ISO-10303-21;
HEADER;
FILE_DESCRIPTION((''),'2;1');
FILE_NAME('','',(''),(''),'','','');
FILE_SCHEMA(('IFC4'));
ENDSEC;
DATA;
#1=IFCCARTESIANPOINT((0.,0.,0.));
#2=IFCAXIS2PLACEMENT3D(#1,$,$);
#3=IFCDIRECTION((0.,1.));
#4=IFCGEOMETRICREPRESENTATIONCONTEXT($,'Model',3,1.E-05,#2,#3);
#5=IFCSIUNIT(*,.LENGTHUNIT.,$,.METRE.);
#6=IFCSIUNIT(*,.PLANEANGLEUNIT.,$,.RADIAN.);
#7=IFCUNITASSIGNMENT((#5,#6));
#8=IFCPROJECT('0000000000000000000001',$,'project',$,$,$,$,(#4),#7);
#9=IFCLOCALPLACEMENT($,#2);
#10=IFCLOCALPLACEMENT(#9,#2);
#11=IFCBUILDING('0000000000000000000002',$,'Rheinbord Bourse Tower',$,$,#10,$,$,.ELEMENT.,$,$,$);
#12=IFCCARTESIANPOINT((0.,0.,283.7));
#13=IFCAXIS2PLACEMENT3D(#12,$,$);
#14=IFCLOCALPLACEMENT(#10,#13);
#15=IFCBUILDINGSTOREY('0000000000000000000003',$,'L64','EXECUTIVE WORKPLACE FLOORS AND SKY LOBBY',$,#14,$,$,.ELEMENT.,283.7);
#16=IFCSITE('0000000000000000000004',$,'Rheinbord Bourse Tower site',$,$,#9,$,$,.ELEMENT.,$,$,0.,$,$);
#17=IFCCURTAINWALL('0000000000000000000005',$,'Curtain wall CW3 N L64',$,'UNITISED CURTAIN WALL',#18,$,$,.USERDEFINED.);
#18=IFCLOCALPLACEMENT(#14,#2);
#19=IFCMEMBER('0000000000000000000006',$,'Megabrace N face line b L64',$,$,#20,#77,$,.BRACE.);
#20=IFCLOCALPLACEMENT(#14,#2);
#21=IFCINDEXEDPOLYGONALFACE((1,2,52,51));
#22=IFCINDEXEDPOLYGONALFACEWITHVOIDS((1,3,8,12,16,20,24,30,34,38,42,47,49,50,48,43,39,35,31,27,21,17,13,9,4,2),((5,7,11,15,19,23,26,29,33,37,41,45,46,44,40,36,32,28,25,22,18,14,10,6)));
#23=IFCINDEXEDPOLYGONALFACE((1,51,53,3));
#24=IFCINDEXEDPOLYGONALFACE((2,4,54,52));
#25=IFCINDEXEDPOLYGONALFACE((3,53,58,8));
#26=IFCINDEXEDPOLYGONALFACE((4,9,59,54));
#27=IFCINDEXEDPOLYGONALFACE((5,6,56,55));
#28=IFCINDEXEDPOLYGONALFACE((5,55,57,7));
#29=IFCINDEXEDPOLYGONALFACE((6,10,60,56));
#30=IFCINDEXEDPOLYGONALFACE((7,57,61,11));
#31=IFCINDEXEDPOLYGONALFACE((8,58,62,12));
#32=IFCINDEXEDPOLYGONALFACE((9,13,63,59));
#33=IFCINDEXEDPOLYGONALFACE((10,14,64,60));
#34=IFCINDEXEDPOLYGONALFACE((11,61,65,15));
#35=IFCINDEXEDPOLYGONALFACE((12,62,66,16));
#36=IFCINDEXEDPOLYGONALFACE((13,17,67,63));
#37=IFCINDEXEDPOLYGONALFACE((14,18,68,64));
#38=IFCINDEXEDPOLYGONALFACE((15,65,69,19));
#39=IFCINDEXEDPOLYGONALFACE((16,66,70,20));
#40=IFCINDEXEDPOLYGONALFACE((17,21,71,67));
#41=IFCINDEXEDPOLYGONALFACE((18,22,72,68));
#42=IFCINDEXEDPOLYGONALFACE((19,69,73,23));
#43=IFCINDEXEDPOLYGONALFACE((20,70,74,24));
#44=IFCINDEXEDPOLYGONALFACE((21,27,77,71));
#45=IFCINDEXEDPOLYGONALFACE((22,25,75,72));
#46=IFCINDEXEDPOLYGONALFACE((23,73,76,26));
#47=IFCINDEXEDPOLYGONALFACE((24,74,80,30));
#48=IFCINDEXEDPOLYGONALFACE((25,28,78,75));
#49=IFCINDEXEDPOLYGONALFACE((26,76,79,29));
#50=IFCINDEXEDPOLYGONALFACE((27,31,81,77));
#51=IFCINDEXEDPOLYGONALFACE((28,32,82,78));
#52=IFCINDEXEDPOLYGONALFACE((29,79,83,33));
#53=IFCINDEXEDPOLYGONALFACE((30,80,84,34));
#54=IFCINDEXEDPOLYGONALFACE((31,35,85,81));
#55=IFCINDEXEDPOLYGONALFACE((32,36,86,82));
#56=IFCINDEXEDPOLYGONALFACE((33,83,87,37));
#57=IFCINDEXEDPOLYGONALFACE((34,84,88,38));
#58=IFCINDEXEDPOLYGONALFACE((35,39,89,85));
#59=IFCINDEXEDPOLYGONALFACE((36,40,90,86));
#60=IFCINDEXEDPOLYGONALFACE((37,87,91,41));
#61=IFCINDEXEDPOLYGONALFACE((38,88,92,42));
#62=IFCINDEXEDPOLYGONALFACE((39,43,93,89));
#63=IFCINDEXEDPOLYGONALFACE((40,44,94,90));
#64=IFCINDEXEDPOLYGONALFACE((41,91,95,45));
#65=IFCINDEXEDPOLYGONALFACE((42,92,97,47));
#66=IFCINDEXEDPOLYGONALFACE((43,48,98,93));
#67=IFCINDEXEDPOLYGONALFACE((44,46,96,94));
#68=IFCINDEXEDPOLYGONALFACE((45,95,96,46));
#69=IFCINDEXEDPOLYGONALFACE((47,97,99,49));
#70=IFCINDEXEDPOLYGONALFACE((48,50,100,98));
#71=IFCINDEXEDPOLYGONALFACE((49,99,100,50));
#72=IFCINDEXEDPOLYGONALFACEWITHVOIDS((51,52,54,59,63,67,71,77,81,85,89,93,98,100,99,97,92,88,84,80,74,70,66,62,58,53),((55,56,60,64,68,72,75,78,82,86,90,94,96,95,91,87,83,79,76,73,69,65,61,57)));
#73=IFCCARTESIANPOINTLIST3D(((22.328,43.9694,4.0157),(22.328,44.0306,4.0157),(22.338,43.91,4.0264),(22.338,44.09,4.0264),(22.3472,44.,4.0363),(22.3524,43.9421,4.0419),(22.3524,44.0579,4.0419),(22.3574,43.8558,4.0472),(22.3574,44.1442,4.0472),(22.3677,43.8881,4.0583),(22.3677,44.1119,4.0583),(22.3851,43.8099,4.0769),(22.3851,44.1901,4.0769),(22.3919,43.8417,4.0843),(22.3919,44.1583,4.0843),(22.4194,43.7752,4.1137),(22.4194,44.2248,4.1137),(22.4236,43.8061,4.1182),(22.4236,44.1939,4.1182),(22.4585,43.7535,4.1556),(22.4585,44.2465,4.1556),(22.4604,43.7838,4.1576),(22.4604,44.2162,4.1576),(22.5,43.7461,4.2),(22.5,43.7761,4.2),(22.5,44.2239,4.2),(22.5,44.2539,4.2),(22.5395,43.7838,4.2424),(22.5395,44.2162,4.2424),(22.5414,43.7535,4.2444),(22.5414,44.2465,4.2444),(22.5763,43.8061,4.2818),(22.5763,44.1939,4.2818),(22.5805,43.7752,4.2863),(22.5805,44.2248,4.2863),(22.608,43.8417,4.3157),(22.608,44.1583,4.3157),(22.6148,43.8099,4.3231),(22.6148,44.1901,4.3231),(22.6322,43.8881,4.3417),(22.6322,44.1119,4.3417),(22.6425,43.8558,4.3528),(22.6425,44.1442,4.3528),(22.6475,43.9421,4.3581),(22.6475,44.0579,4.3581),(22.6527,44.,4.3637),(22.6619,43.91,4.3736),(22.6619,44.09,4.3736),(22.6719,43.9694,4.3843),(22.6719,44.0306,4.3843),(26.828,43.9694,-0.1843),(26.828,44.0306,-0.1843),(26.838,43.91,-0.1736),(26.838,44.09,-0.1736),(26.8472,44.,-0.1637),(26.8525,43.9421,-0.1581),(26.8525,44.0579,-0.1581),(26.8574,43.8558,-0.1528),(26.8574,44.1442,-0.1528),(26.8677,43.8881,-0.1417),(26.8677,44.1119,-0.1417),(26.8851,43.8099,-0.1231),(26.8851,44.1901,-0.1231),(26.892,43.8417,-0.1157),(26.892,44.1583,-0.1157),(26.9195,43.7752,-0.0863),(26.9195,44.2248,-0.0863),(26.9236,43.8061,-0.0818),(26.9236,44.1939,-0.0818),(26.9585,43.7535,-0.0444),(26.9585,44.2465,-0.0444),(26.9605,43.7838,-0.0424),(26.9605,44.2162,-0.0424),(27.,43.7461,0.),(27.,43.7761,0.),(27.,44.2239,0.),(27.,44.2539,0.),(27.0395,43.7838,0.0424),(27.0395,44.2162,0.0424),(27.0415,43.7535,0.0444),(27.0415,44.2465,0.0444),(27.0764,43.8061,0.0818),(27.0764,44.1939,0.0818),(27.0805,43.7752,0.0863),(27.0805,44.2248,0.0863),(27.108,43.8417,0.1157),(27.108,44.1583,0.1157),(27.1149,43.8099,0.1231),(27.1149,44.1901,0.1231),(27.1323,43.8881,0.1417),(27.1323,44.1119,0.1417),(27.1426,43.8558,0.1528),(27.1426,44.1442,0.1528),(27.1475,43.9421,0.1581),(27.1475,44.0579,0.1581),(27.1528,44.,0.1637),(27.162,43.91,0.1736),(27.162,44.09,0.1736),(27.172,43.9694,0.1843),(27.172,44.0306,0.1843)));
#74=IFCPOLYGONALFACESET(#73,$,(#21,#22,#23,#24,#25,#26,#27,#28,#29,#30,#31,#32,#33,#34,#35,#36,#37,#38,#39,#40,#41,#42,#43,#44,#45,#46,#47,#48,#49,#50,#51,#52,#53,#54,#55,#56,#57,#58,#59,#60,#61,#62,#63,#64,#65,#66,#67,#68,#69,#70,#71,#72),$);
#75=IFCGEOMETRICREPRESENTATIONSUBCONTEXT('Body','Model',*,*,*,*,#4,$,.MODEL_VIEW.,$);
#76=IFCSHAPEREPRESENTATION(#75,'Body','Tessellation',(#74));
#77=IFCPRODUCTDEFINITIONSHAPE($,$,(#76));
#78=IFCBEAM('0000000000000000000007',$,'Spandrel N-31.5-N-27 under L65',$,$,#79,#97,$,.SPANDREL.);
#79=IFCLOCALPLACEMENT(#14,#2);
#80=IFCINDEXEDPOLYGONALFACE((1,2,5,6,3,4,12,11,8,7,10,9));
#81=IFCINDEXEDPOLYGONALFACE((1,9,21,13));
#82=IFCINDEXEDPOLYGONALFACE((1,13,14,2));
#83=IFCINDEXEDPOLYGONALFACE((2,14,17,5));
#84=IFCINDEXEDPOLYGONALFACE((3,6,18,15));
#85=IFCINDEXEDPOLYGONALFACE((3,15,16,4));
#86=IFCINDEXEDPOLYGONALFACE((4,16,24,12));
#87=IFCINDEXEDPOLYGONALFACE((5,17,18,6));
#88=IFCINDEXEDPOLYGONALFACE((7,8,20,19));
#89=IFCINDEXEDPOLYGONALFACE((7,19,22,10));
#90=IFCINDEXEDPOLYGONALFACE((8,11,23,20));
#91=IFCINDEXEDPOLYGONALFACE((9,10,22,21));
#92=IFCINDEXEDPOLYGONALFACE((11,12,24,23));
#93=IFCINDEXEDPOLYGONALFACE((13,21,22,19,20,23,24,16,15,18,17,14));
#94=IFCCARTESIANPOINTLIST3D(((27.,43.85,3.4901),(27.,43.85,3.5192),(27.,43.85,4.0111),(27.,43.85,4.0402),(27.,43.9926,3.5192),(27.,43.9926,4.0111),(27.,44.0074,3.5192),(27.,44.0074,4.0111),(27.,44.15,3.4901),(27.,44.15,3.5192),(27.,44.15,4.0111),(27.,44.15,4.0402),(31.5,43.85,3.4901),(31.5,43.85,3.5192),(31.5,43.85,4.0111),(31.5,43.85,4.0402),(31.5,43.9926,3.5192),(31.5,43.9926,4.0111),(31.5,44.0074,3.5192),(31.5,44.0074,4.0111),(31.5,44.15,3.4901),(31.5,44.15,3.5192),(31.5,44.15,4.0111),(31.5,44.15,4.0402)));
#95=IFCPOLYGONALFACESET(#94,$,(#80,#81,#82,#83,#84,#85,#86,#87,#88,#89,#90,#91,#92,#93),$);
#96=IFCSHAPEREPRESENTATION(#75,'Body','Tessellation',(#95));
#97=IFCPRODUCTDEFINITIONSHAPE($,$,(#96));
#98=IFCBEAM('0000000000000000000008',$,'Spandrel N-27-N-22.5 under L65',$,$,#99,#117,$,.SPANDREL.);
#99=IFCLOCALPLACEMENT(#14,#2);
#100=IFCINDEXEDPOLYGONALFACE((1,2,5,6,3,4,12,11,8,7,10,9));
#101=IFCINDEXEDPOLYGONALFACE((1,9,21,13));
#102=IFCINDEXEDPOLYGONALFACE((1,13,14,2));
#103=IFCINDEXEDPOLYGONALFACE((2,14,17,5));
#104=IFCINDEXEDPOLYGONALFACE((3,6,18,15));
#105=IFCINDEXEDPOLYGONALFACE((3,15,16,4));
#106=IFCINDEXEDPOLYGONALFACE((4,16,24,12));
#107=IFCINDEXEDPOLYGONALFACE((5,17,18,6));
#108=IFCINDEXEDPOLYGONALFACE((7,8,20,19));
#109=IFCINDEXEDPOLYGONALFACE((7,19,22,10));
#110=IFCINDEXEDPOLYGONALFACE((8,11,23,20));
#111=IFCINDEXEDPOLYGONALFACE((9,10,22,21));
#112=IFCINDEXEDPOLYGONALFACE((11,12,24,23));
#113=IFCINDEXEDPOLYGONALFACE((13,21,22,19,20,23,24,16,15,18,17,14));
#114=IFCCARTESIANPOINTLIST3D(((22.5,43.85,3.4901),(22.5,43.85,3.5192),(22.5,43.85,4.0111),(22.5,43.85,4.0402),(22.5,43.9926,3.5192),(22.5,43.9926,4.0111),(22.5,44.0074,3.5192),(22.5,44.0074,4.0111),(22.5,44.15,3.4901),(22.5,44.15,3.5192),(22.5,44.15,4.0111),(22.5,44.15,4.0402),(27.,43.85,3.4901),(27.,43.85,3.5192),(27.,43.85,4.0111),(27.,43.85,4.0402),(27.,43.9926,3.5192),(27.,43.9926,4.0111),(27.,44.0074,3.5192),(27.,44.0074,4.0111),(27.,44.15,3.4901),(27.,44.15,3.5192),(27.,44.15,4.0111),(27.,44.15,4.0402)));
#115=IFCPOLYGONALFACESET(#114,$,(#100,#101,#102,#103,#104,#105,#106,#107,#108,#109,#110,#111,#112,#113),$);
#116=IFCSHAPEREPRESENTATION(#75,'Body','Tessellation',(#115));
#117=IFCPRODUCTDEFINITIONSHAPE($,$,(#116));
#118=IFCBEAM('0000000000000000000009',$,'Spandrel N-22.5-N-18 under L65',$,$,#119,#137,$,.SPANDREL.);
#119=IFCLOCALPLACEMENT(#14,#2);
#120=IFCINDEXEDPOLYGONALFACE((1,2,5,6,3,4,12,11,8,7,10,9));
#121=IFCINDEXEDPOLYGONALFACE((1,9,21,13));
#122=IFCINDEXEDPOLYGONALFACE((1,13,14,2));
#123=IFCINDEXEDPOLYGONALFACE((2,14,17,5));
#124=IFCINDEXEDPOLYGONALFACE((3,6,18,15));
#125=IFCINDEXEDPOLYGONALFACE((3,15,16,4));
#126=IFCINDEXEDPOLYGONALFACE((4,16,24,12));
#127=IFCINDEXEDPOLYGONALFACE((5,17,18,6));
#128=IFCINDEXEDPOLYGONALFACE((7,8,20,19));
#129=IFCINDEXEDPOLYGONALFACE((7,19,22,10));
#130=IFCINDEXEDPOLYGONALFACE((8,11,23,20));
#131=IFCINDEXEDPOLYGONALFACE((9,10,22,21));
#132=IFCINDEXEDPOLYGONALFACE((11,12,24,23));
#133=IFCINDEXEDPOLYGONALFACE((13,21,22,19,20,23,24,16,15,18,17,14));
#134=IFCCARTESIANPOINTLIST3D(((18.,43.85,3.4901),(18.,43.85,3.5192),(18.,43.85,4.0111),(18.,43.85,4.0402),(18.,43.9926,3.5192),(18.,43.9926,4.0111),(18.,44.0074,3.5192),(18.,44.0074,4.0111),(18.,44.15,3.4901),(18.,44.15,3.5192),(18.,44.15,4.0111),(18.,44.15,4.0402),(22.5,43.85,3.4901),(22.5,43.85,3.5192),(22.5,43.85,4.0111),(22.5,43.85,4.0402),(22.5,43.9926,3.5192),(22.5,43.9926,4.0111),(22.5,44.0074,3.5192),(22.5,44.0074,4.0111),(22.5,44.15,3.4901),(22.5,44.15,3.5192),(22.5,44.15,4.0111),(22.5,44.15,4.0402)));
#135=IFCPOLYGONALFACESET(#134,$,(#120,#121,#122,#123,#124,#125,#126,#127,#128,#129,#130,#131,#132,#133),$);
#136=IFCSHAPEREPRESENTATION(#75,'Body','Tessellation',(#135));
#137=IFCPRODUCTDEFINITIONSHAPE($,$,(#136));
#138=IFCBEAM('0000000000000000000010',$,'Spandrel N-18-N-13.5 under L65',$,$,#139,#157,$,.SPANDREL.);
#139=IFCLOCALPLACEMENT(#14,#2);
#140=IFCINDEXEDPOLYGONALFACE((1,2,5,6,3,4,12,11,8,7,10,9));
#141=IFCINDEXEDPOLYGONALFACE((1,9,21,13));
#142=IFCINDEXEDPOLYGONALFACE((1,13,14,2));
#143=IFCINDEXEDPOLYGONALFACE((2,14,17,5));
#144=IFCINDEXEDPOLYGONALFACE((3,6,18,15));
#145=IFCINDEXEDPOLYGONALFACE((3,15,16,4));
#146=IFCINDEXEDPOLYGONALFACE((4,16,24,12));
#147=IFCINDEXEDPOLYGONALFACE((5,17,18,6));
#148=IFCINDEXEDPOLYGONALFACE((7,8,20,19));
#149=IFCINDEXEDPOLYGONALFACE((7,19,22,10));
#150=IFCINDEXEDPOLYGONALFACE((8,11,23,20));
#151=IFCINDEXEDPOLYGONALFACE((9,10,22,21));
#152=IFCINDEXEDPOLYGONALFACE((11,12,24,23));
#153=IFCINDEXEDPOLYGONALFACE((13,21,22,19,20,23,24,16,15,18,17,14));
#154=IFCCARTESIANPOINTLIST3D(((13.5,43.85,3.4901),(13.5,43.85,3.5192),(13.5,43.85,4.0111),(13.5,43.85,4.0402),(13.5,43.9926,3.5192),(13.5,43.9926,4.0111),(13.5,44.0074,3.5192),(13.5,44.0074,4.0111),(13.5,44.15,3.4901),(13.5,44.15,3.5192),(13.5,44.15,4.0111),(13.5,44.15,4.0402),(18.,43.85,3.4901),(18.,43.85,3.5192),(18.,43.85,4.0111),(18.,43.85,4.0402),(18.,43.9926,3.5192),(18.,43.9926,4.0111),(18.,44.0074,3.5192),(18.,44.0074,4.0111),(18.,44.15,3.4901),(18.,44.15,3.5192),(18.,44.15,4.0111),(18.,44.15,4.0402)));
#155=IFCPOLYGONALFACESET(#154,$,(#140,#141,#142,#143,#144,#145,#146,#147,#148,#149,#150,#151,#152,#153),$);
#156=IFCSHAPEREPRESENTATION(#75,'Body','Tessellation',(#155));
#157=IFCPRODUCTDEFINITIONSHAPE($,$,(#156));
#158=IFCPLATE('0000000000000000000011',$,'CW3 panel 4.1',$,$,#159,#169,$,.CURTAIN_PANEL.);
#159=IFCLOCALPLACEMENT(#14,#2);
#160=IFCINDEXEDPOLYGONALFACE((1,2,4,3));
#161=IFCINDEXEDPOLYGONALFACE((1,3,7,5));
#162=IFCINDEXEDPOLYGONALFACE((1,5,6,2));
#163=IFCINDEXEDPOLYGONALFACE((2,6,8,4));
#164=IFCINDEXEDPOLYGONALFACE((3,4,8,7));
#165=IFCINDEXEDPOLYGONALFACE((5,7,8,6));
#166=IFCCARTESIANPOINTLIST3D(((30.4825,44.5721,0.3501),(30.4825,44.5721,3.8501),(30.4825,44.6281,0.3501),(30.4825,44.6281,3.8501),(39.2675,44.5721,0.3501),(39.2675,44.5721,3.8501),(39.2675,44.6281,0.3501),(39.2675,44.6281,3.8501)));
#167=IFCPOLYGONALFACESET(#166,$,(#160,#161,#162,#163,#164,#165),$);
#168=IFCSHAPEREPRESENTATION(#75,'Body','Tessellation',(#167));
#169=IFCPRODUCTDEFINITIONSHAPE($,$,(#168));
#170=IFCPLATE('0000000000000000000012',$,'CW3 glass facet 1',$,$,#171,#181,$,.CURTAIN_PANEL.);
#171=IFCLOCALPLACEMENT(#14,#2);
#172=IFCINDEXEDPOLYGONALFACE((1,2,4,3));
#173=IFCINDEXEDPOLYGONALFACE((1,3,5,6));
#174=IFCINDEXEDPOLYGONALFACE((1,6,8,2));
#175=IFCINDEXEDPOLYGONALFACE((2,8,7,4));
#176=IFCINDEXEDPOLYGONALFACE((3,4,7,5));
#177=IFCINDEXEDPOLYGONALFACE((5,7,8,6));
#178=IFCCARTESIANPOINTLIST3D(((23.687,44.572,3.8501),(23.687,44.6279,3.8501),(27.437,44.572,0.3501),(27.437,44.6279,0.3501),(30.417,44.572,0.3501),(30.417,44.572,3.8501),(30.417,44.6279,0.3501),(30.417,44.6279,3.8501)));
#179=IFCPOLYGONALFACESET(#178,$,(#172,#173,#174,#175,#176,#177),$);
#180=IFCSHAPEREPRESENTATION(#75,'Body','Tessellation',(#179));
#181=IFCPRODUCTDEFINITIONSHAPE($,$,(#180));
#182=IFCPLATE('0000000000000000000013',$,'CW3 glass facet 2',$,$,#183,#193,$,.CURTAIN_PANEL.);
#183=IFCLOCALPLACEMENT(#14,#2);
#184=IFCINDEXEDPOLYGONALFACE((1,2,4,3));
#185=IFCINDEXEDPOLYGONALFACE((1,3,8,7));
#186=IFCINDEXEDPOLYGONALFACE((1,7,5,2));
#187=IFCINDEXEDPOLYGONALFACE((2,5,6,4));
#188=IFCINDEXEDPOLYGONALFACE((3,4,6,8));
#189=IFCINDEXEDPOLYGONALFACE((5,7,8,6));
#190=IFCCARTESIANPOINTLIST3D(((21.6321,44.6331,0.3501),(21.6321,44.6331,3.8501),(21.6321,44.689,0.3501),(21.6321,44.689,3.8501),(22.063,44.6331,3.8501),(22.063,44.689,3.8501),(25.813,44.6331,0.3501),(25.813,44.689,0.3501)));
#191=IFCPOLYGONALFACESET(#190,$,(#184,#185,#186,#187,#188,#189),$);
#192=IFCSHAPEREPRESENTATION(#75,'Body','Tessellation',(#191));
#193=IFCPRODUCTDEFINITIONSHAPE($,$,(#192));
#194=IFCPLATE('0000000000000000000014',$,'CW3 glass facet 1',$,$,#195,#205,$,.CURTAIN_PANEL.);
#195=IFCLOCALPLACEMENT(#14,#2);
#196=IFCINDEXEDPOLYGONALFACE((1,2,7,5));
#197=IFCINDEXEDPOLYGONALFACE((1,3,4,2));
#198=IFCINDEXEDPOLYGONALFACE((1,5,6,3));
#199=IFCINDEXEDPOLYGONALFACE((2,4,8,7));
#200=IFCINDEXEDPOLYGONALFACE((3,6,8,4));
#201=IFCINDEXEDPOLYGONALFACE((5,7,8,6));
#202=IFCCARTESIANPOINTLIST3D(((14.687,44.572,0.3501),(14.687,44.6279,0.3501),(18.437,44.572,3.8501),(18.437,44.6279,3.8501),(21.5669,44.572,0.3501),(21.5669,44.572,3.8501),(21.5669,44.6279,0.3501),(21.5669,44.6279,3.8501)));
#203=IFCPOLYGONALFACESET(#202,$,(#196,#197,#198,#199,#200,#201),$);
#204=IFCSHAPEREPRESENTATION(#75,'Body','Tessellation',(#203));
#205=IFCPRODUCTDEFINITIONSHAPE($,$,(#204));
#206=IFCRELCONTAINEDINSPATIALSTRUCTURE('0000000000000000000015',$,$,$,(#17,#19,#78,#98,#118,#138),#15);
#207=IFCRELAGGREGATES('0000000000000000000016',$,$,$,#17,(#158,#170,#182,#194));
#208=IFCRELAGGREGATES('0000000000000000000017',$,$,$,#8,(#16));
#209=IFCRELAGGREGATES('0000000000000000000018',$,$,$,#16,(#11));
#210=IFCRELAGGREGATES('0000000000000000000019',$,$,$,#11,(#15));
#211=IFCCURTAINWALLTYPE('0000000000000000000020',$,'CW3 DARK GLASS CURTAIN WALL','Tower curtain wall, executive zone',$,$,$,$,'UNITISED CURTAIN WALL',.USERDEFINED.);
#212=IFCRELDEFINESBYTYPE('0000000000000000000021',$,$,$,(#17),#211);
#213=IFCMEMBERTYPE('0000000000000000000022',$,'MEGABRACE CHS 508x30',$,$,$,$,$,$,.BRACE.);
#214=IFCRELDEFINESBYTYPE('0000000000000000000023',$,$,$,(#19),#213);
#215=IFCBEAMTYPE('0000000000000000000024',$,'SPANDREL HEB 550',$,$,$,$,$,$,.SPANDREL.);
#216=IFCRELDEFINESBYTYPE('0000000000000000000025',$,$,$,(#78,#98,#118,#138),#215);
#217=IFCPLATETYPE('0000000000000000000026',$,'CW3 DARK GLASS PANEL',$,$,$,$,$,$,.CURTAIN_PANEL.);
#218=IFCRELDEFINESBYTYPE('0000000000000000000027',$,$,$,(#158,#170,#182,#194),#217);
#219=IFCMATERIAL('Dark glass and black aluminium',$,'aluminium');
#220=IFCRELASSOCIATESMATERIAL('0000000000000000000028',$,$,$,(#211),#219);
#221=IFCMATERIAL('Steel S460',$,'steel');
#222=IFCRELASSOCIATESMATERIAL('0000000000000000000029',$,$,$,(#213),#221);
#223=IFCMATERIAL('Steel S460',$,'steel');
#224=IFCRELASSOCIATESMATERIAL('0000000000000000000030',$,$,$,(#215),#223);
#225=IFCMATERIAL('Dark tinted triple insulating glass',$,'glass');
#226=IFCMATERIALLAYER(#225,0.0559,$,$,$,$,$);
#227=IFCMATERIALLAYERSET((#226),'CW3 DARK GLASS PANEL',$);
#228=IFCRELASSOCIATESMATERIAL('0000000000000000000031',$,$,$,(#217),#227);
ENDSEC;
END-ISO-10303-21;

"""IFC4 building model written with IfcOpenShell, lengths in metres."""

from ifc_helpers import new_model, si_unit, direction, frame, origin, origin_2d, place, context, subcontext, project, spatial, polyline, rectangle, hollow_circle, i_section, outline, extrude, material, layer, layer_set, material_profile, profile_set, type_object, element, aggregate, save


model = new_model("IFC4")

# Units and contexts
model_context = context("Model", 3, precision=1e-05, world=origin(), true_north=direction((0.0, 1.0)))
body_context = subcontext(model_context, "Body", "Model", "MODEL_VIEW")
ifc_project = project(units=[si_unit("LENGTHUNIT", "METRE"), si_unit("PLANEANGLEUNIT", "RADIAN")], contexts=[model_context])

# Site, building, storey
site_placement = place(None, origin())
site = spatial("IfcSite", under=ifc_project, at=site_placement, Name="Rheinbord Bourse Tower site", CompositionType="ELEMENT", RefElevation=0.0)
building_placement = place(site_placement, origin())
building = spatial("IfcBuilding", under=site, at=building_placement, Name="Rheinbord Bourse Tower", CompositionType="ELEMENT")
storey_placement = place(building_placement, frame((0.0, 0.0, 283.7)))
storey = spatial("IfcBuildingStorey", under=building, at=storey_placement, Name="L64", Description="EXECUTIVE WORKPLACE FLOORS AND SKY LOBBY", CompositionType="ELEMENT", Elevation=283.7)

# Curtain wall
ifc_material_1 = material(Name="Dark glass and black aluminium", Category="aluminium")
curtain_wall_type = type_object("IfcCurtainWallType", Name="CW3 DARK GLASS CURTAIN WALL", Description="Tower curtain wall, executive zone", ElementType="UNITISED CURTAIN WALL", PredefinedType="USERDEFINED", material=ifc_material_1)
curtain_wall_placement = place(storey_placement, origin())
curtain_wall = element("IfcCurtainWall", 1, at=curtain_wall_placement, inside=storey, type_object=curtain_wall_type, Name="Curtain wall CW3 N L64", ObjectType="UNITISED CURTAIN WALL", PredefinedType="USERDEFINED")

# Member
ifc_material_2 = material(Name="Steel S460", Category="steel")
ifc_material_profile_1 = material_profile(ifc_material_2, hollow_circle(Radius=0.2539, WallThickness=0.03, at=origin_2d()), Name="CHS 508x30")
ifc_profile_set_1 = profile_set([ifc_material_profile_1], Name="Steel S460")
member_type_1 = type_object("IfcMemberType", Name="MEGABRACE CHS 508x30", PredefinedType="BRACE", material=ifc_profile_set_1)
member_1_placement = place(storey_placement, frame((27.0, 44.0, 0.0), z_axis=(-0.731059, 0.0, 0.682314), x_axis=(0.0, -1.0, 0.0)))
element("IfcMember", 2, at=member_1_placement, inside=storey, type_object=member_type_1, Name="Megabrace N face line b L64", PredefinedType="BRACE", context=body_context, shape_type="SweptSolid", body=[
    extrude(hollow_circle(Radius=0.2539, WallThickness=0.03, at=origin_2d()), origin(), (0.0, 0.0, 1.0), 6.1555),
])

# Beams
ifc_material_3 = material(Name="Steel S460", Category="steel")
ifc_material_profile_2 = material_profile(ifc_material_3, i_section(OverallWidth=0.3, OverallDepth=0.55, WebThickness=0.0149, FlangeThickness=0.0291, at=origin_2d()), Name="HEB 550")
ifc_profile_set_2 = profile_set([ifc_material_profile_2], Name="Steel S460")
beam_type_1 = type_object("IfcBeamType", Name="SPANDREL HEB 550", PredefinedType="SPANDREL", material=ifc_profile_set_2)
for number, where, z_axis, x_axis, name in (
    (3, (31.5, 44.0, 3.7651), (-1.0, 0.0, 0.0), (0.0, -1.0, 0.0), "Spandrel N-31.5-N-27 under L65"),
    (4, (27.0, 44.0, 3.7651), (-1.0, 0.0, 0.0), (0.0, -1.0, 0.0), "Spandrel N-27-N-22.5 under L65"),
    (5, (22.5, 44.0, 3.7651), (-1.0, 0.0, 0.0), (0.0, -1.0, 0.0), "Spandrel N-22.5-N-18 under L65"),
    (6, (18.0, 44.0, 3.7651), (-1.0, 0.0, 0.0), (0.0, -1.0, 0.0), "Spandrel N-18-N-13.5 under L65"),
):
    element("IfcBeam", number, at=place(storey_placement, frame(where, z_axis=z_axis, x_axis=x_axis)), inside=storey, type_object=beam_type_1, Name=name, PredefinedType="SPANDREL", context=body_context, shape_type="SweptSolid", body=[
        extrude(i_section(OverallWidth=0.3, OverallDepth=0.55, WebThickness=0.0149, FlangeThickness=0.0291, at=origin_2d()), origin(), (0.0, 0.0, 1.0), 4.5),
    ])

# Plates
ifc_material_4 = material(Name="Dark tinted triple insulating glass", Category="glass")
ifc_layer = layer(ifc_material_4, 0.0559)
ifc_layer_set = layer_set([ifc_layer], Name="CW3 DARK GLASS PANEL")
plate_type = type_object("IfcPlateType", Name="CW3 DARK GLASS PANEL", PredefinedType="CURTAIN_PANEL", material=ifc_layer_set)
plate_1_placement = place(storey_placement, frame((34.875, 44.6001, 0.3501), z_axis=(0.0, 0.0, 1.0), x_axis=(-1.0, 0.0, 0.0)))
plate_1 = element("IfcPlate", 7, at=plate_1_placement, type_object=plate_type, Name="CW3 panel 4.1", PredefinedType="CURTAIN_PANEL", context=body_context, shape_type="SweptSolid", body=[
    extrude(rectangle(XDim=8.7849, YDim=0.0559, at=origin_2d()), origin(), (0.0, 0.0, 1.0), 3.5),
])
plate_2_placement = place(storey_placement, frame((30.417, 44.6279, 0.3501), z_axis=(0.0, -1.0, 0.0), x_axis=(0.0, 0.0, 1.0)))
plate_2 = element("IfcPlate", 8, at=plate_2_placement, type_object=plate_type, Name="CW3 glass facet 1", PredefinedType="CURTAIN_PANEL", context=body_context, shape_type="SweptSolid", body=[
    extrude(outline(polyline([(0.0, 0.0), (3.5, 0.0), (3.5, 6.73), (0.0, 2.98), (0.0, 0.0)])), origin(), (0.0, 0.0, 1.0), 0.0559),
])
plate_3_placement = place(storey_placement, frame((21.6321, 44.689, 3.8501), z_axis=(0.0, -1.0, 0.0), x_axis=(0.0, 0.0, -1.0)))
plate_3 = element("IfcPlate", 9, at=plate_3_placement, type_object=plate_type, Name="CW3 glass facet 2", PredefinedType="CURTAIN_PANEL", context=body_context, shape_type="SweptSolid", body=[
    extrude(outline(polyline([(0.0, 0.0), (3.5, 0.0), (3.5, 4.1809), (0.0, 0.4309), (0.0, 0.0)])), origin(), (0.0, 0.0, 1.0), 0.0559),
])
plate_4_placement = place(storey_placement, frame((21.5669, 44.6279, 0.3501), z_axis=(0.0, -1.0, 0.0), x_axis=(0.0, 0.0, 1.0)))
plate_4 = element("IfcPlate", 10, at=plate_4_placement, type_object=plate_type, Name="CW3 glass facet 1", PredefinedType="CURTAIN_PANEL", context=body_context, shape_type="SweptSolid", body=[
    extrude(outline(polyline([(0.0, 0.0), (3.5, 0.0), (3.5, 3.1299), (0.0, 6.8799), (0.0, 0.0)])), origin(), (0.0, 0.0, 1.0), 0.0559),
])
aggregate(curtain_wall, [plate_1, plate_2, plate_3, plate_4])

save(model, "model.ifc")
